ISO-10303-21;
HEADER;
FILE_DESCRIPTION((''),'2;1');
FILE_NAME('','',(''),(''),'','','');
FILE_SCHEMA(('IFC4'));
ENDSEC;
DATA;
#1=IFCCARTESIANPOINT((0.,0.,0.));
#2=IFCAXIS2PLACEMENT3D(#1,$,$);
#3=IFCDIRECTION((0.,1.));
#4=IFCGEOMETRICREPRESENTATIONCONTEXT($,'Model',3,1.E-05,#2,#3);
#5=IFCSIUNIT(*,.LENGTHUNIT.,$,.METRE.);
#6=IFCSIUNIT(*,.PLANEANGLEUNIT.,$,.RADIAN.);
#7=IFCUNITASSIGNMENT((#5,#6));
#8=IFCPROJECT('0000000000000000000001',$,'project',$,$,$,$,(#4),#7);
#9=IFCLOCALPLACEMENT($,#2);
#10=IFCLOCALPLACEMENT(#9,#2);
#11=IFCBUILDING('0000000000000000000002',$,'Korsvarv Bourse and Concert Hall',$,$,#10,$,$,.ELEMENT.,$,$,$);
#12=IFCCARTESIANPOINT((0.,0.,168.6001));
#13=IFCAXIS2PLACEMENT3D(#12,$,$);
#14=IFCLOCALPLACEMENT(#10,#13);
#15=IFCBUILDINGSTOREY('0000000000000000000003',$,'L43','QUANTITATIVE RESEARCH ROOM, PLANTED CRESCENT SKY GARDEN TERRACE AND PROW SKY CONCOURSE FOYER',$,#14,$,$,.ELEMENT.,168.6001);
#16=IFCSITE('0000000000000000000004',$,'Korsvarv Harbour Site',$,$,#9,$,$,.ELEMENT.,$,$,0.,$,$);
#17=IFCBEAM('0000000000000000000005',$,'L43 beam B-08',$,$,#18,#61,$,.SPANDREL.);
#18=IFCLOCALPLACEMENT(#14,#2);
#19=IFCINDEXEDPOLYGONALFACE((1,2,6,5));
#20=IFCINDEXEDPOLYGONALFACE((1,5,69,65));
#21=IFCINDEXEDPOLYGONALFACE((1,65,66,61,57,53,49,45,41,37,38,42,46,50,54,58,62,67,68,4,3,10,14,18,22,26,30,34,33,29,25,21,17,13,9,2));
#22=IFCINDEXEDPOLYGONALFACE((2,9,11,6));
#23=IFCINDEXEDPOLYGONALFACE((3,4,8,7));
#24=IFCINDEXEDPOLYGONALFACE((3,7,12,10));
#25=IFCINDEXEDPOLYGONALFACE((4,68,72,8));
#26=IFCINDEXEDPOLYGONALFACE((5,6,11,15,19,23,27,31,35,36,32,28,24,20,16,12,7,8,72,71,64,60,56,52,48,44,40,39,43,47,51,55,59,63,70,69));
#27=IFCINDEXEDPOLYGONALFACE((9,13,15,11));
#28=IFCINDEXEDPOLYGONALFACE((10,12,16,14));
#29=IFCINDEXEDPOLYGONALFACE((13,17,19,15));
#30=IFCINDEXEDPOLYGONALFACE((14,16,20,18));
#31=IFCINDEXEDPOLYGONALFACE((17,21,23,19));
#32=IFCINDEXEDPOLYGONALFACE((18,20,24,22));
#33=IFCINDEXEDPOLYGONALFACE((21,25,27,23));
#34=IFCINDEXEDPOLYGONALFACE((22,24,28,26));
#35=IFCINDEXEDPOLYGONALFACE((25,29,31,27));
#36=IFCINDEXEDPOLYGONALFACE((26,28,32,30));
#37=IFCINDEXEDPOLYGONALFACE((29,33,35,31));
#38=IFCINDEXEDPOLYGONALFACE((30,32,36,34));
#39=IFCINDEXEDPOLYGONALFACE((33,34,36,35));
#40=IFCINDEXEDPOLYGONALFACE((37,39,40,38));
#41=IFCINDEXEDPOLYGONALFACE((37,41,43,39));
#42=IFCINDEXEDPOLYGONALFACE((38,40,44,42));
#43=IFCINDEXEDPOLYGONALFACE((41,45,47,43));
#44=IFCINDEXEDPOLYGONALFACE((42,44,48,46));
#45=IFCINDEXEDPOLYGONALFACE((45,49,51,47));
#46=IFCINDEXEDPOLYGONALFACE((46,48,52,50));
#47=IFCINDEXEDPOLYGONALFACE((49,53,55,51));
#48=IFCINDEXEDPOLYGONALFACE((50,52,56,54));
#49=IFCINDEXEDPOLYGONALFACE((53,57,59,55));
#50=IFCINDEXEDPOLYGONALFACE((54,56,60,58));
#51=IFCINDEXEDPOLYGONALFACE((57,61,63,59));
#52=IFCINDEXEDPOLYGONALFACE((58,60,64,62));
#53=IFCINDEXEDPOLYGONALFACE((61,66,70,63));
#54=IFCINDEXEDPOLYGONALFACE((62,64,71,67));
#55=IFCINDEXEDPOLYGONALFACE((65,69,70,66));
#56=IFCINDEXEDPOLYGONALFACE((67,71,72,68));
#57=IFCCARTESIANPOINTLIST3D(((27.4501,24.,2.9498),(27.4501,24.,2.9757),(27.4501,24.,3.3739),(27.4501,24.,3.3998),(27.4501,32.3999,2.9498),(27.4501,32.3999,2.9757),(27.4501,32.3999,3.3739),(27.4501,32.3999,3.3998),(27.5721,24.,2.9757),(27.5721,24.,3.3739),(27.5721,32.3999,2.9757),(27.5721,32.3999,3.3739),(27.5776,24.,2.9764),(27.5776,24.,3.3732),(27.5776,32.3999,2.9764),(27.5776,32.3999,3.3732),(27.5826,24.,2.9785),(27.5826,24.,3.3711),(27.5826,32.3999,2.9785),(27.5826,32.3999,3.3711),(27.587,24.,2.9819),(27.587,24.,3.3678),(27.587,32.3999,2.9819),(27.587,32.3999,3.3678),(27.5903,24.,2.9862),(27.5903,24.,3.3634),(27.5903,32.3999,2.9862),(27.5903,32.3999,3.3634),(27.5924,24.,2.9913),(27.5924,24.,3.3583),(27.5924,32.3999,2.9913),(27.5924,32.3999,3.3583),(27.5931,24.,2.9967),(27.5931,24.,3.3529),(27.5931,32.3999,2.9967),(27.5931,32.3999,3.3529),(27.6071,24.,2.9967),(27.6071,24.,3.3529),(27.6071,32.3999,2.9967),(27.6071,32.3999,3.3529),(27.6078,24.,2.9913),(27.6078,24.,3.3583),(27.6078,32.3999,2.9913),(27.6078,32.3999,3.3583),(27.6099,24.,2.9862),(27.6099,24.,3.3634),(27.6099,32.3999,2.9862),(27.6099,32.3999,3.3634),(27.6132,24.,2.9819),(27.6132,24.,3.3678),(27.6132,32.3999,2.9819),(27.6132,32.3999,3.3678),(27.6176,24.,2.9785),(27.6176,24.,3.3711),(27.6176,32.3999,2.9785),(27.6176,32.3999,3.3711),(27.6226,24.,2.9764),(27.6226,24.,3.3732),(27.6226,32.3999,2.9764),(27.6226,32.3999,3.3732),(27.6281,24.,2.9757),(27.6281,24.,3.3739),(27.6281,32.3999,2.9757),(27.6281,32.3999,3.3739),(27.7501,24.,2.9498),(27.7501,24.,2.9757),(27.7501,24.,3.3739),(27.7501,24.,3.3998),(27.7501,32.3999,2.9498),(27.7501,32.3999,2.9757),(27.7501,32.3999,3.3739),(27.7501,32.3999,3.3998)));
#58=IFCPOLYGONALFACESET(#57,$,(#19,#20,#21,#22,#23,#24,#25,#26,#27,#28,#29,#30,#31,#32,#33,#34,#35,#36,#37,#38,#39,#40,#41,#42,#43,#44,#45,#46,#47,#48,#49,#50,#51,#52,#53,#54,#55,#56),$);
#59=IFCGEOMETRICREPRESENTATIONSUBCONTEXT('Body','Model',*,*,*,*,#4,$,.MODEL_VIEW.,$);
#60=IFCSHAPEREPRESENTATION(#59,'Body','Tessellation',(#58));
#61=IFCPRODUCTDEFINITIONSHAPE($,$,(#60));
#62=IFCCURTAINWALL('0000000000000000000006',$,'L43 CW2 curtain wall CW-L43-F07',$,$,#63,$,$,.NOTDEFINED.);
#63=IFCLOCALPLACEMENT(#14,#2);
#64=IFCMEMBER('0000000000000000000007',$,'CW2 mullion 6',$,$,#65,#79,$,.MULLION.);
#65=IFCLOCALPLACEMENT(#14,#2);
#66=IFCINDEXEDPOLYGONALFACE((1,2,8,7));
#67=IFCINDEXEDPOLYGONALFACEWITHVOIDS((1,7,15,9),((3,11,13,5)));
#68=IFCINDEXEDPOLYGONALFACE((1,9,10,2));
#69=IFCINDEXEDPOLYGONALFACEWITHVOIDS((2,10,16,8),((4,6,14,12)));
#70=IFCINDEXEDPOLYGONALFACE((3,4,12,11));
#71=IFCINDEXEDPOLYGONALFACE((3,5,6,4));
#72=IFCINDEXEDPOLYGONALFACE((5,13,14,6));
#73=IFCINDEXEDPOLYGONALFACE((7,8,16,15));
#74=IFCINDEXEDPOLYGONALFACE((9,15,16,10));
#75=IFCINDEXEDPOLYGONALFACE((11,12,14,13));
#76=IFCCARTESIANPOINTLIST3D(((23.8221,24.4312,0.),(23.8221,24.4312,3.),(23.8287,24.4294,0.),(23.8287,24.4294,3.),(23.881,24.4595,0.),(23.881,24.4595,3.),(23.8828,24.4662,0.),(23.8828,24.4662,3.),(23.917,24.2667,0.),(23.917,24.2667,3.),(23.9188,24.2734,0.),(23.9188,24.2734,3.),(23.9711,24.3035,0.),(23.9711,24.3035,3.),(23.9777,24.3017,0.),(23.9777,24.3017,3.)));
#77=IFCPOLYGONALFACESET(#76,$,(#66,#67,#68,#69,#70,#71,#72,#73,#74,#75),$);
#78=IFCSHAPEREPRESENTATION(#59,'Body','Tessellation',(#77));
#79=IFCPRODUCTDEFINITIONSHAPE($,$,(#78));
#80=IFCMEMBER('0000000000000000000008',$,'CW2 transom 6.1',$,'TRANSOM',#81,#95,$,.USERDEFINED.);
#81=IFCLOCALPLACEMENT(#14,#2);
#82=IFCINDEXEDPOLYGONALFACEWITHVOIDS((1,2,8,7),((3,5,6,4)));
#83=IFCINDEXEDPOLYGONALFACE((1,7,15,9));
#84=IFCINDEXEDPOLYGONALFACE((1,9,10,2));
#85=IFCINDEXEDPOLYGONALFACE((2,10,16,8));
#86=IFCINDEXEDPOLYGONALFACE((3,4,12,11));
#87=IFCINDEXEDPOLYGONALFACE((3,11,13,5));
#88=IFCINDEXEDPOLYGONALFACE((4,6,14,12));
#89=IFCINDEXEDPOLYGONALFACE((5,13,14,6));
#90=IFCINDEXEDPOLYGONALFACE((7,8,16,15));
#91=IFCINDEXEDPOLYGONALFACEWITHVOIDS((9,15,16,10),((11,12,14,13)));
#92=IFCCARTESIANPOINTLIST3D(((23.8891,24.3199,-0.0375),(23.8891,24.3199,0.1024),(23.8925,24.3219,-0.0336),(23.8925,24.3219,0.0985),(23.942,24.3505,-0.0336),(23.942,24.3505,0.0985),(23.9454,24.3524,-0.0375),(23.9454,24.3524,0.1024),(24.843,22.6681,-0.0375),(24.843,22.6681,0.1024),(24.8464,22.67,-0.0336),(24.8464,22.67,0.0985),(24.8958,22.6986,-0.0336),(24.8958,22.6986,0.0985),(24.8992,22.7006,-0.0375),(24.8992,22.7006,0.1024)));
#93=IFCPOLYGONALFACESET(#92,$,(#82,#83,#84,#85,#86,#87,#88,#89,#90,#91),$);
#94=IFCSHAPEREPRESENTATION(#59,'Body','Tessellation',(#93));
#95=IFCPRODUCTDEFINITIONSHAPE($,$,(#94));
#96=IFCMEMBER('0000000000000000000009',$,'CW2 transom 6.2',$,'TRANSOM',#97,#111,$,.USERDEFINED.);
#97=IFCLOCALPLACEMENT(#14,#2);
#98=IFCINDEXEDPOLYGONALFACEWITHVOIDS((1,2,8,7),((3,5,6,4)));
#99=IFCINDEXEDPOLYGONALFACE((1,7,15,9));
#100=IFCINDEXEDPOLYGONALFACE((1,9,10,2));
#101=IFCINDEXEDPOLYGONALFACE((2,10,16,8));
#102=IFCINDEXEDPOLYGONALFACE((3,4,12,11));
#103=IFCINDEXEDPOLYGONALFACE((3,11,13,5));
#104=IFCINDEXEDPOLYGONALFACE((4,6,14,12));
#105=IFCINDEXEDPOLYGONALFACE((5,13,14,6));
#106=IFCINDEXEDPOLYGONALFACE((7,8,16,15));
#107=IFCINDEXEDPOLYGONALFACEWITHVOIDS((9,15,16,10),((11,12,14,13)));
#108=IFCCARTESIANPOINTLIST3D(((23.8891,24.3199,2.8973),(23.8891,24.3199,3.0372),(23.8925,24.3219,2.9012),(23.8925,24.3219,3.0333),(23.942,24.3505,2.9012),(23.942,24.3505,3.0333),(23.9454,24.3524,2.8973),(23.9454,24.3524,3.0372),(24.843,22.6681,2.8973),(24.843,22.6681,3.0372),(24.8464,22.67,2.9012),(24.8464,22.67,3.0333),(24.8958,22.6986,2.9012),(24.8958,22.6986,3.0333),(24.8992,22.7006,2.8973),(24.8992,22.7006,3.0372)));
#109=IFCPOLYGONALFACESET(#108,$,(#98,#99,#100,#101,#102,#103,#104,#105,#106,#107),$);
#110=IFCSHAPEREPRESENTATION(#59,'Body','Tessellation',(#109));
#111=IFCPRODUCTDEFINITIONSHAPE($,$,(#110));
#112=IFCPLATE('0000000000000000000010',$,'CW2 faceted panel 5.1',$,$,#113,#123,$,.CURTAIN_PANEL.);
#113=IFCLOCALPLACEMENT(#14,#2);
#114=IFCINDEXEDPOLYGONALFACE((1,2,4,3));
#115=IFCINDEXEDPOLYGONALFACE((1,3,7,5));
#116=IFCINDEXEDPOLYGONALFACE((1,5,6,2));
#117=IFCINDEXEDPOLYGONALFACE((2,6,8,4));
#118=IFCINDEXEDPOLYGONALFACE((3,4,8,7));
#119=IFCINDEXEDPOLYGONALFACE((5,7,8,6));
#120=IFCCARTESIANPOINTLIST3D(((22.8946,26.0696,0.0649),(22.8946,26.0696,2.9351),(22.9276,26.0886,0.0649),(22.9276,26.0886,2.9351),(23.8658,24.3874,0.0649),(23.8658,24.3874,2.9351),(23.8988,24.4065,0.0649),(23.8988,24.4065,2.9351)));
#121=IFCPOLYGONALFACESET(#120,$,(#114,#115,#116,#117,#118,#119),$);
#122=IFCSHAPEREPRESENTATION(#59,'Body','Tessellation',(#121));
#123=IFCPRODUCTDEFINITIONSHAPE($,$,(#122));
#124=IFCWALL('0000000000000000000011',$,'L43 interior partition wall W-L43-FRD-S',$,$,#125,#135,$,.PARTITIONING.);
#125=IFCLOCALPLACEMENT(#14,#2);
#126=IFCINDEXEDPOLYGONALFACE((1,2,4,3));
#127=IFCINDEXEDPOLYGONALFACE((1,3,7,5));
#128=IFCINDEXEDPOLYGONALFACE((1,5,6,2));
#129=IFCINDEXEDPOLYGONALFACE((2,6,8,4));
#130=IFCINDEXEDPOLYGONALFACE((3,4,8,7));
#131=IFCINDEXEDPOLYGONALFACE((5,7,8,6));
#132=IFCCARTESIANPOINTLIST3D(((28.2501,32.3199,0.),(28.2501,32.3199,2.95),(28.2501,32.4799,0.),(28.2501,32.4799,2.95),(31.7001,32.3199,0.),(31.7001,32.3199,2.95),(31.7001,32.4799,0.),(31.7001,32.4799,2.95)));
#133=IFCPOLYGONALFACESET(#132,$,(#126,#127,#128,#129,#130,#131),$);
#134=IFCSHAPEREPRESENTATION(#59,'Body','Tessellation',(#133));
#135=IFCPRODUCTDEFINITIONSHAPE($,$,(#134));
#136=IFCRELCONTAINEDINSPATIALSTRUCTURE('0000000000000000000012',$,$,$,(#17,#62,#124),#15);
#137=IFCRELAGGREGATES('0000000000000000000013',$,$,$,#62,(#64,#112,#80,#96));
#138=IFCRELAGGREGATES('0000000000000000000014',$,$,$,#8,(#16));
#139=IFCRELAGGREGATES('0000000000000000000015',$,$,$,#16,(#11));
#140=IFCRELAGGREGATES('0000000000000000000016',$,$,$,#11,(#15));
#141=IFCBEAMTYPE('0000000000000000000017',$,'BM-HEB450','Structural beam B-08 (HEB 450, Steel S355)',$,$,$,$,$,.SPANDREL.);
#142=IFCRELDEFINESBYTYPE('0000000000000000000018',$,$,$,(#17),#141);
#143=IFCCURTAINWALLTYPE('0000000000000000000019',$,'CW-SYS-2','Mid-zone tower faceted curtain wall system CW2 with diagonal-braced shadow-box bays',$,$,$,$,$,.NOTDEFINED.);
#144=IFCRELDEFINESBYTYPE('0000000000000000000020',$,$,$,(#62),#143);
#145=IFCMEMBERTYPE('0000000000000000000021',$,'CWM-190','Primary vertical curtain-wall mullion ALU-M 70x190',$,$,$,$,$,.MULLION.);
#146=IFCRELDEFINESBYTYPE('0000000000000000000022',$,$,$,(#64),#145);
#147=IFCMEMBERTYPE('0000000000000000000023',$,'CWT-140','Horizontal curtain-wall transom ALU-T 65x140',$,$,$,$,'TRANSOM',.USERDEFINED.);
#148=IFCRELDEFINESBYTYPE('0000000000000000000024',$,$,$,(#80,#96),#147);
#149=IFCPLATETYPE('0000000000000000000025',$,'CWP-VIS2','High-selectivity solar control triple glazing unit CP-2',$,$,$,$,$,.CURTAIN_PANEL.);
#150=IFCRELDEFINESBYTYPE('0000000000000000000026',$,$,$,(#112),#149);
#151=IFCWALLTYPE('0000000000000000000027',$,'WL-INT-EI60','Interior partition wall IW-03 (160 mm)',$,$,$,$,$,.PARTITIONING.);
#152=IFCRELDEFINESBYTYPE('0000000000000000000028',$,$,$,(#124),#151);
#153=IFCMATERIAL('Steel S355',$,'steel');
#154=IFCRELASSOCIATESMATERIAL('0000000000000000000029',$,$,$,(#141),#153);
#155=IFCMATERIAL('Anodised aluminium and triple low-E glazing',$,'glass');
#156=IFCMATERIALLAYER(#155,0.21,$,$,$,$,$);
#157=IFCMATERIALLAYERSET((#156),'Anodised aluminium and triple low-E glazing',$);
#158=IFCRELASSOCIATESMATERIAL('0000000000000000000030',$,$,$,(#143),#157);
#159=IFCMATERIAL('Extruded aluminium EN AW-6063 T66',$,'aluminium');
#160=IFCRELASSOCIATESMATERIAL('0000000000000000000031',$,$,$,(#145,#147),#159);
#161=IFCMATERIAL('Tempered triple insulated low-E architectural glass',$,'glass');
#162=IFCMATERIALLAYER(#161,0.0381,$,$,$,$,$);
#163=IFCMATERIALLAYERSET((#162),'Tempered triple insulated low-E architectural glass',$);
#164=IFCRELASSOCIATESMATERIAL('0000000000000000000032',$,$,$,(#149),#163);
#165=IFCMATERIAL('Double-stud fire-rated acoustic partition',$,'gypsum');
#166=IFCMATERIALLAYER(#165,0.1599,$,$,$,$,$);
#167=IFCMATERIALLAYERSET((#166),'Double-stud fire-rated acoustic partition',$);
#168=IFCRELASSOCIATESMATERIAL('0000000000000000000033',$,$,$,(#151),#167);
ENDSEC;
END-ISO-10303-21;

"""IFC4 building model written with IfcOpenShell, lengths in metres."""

from ifc_helpers import new_model, si_unit, direction, frame, frame_2d, origin, origin_2d, place, context, subcontext, project, spatial, rectangle, hollow_rectangle, i_section, extrude, source, transform, mapped, material, layer, layer_set, material_profile, profile_set, type_object, element, aggregate, save


model = new_model("IFC4")

# Units and contexts
model_context = context("Model", 3, precision=1e-05, world=origin(), true_north=direction((0.0, 1.0)))
body_context = subcontext(model_context, "Body", "Model", "MODEL_VIEW")
ifc_project = project(units=[si_unit("LENGTHUNIT", "METRE"), si_unit("PLANEANGLEUNIT", "RADIAN")], contexts=[model_context])

# Site, building, storey
site_placement = place(None, origin())
site = spatial("IfcSite", under=ifc_project, at=site_placement, Name="Korsvarv Harbour Site", CompositionType="ELEMENT", RefElevation=0.0)
building_placement = place(site_placement, origin())
building = spatial("IfcBuilding", under=site, at=building_placement, Name="Korsvarv Bourse and Concert Hall", CompositionType="ELEMENT")
storey_placement = place(building_placement, frame((0.0, 0.0, 168.6001)))
storey = spatial("IfcBuildingStorey", under=building, at=storey_placement, Name="L43", Description="QUANTITATIVE RESEARCH ROOM, PLANTED CRESCENT SKY GARDEN TERRACE AND PROW SKY CONCOURSE FOYER", CompositionType="ELEMENT", Elevation=168.6001)

# Beam
ifc_material_1 = material(Name="Steel S355", Category="steel")
ifc_material_profile_1 = material_profile(ifc_material_1, i_section(OverallWidth=0.3, OverallDepth=0.45, WebThickness=0.0139, FlangeThickness=0.0259, FilletRadius=0.021, at=origin_2d()), Name="HEB 450")
ifc_profile_set_1 = profile_set([ifc_material_profile_1], Name="Steel S355")
beam_type_1 = type_object("IfcBeamType", Name="BM-HEB450", Description="Structural beam B-08 (HEB 450, Steel S355)", PredefinedType="SPANDREL", material=ifc_profile_set_1)
shared_shape_1 = source(origin(), body_context, "Body", "SweptSolid", [
    extrude(i_section(OverallWidth=0.3, OverallDepth=0.45, WebThickness=0.0139, FlangeThickness=0.0259, FilletRadius=0.021, at=origin_2d()), origin(), (0.0, 0.0, 1.0), 8.3999),
])
for number, where, z_axis, x_axis, name in (
    (1, (27.6001, 24.0, 3.1748), (0.0, 1.0, 0.0), (-1.0, 0.0, 0.0), "L43 beam B-08"),
):
    element("IfcBeam", number, at=place(storey_placement, frame(where, z_axis=z_axis, x_axis=x_axis)), inside=storey, type_object=beam_type_1, Name=name, PredefinedType="SPANDREL", context=body_context, shape_type="MappedRepresentation", body=[
        mapped(shared_shape_1, transform((0.0, 0.0, 0.0), scale=1.0)),
    ])

# Curtain wall, members, plate
ifc_material_2 = material(Name="Anodised aluminium and triple low-E glazing", Category="glass")
ifc_layer_1 = layer(ifc_material_2, 0.21)
ifc_layer_set_1 = layer_set([ifc_layer_1], Name="Anodised aluminium and triple low-E glazing")
curtain_wall_type = type_object("IfcCurtainWallType", Name="CW-SYS-2", Description="Mid-zone tower faceted curtain wall system CW2 with diagonal-braced shadow-box bays", PredefinedType="NOTDEFINED", material=ifc_layer_set_1)
curtain_wall_placement = place(storey_placement, origin())
curtain_wall = element("IfcCurtainWall", 2, at=curtain_wall_placement, inside=storey, type_object=curtain_wall_type, Name="L43 CW2 curtain wall CW-L43-F07", PredefinedType="NOTDEFINED")
ifc_material_3 = material(Name="Extruded aluminium EN AW-6063 T66", Category="aluminium")
ifc_material_profile_2 = material_profile(ifc_material_3, hollow_rectangle(XDim=0.0701, YDim=0.1899, WallThickness=0.0049, at=origin_2d()), Name="ALU-M 70x190")
ifc_profile_set_2 = profile_set([ifc_material_profile_2], Name="Extruded aluminium EN AW-6063 T66")
member_type_1 = type_object("IfcMemberType", Name="CWM-190", Description="Primary vertical curtain-wall mullion ALU-M 70x190", PredefinedType="MULLION", material=ifc_profile_set_2)
shared_shape_2 = source(origin(), body_context, "Body", "SweptSolid", [
    extrude(hollow_rectangle(XDim=0.0701, YDim=0.1899, WallThickness=0.0049, at=origin_2d()), origin(), (0.0, 0.0, 1.0), 3.0),
])
member_1_placement = place(storey_placement, frame((23.8999, 24.3665, 0.0), z_axis=(0.0, 0.0, 1.0), x_axis=(0.866023, 0.500005, 0.0)))
member_1 = element("IfcMember", 3, at=member_1_placement, type_object=member_type_1, Name="CW2 mullion 6", PredefinedType="MULLION", context=body_context, shape_type="MappedRepresentation", body=[
    mapped(shared_shape_2, transform((0.0, 0.0, 0.0), scale=1.0)),
])
ifc_material_profile_3 = material_profile(ifc_material_3, hollow_rectangle(XDim=0.0649, YDim=0.1399, WallThickness=0.0039, at=origin_2d()), Name="ALU-T 65x140")
ifc_profile_set_3 = profile_set([ifc_material_profile_3], Name="Extruded aluminium EN AW-6063 T66")
member_type_2 = type_object("IfcMemberType", Name="CWT-140", Description="Horizontal curtain-wall transom ALU-T 65x140", ElementType="TRANSOM", PredefinedType="USERDEFINED", material=ifc_profile_set_3)
shared_shape_3 = source(origin(), body_context, "Body", "SweptSolid", [
    extrude(hollow_rectangle(XDim=0.0649, YDim=0.1399, WallThickness=0.0039, at=origin_2d()), origin(), (0.0, 0.0, 1.0), 1.9075),
])
member_2_placement = place(storey_placement, frame((23.9172, 24.3362, 0.0325), z_axis=(0.500062, -0.865989, 0.0), x_axis=(0.865989, 0.500062, 0.0)))
member_2 = element("IfcMember", 4, at=member_2_placement, type_object=member_type_2, Name="CW2 transom 6.1", ObjectType="TRANSOM", PredefinedType="USERDEFINED", context=body_context, shape_type="MappedRepresentation", body=[
    mapped(shared_shape_3, transform((0.0, 0.0, 0.0), scale=1.0)),
])
member_3_placement = place(storey_placement, frame((23.9172, 24.3362, 2.9673), z_axis=(0.500062, -0.865989, 0.0), x_axis=(0.865989, 0.500062, 0.0)))
member_3 = element("IfcMember", 5, at=member_3_placement, type_object=member_type_2, Name="CW2 transom 6.2", ObjectType="TRANSOM", PredefinedType="USERDEFINED", context=body_context, shape_type="MappedRepresentation", body=[
    mapped(shared_shape_3, transform((0.0, 0.0, 0.0), scale=1.0)),
])
ifc_material_4 = material(Name="Tempered triple insulated low-E architectural glass", Category="glass")
ifc_layer_2 = layer(ifc_material_4, 0.0381)
ifc_layer_set_2 = layer_set([ifc_layer_2], Name="Tempered triple insulated low-E architectural glass")
plate_type = type_object("IfcPlateType", Name="CWP-VIS2", Description="High-selectivity solar control triple glazing unit CP-2", PredefinedType="CURTAIN_PANEL", material=ifc_layer_set_2)
shared_shape_4 = source(origin(), body_context, "Body", "SweptSolid", [
    extrude(rectangle(XDim=1.9424, YDim=0.0381, at=origin_2d()), origin(), (0.0, 0.0, 1.0), 2.8701),
])
plate_placement = place(storey_placement, frame((23.3967, 25.238, 0.0649), z_axis=(0.0, 0.0, 1.0), x_axis=(0.500005, -0.866023, 0.0)))
plate = element("IfcPlate", 6, at=plate_placement, type_object=plate_type, Name="CW2 faceted panel 5.1", PredefinedType="CURTAIN_PANEL", context=body_context, shape_type="MappedRepresentation", body=[
    mapped(shared_shape_4, transform((0.0, 0.0, 0.0), scale=1.0)),
])
aggregate(curtain_wall, [member_1, plate, member_2, member_3])

# Wall
ifc_material_5 = material(Name="Double-stud fire-rated acoustic partition", Category="gypsum")
ifc_layer_3 = layer(ifc_material_5, 0.1599)
ifc_layer_set_3 = layer_set([ifc_layer_3], Name="Double-stud fire-rated acoustic partition")
wall_type_1 = type_object("IfcWallType", Name="WL-INT-EI60", Description="Interior partition wall IW-03 (160 mm)", PredefinedType="PARTITIONING", material=ifc_layer_set_3)
wall_1_placement = place(storey_placement, frame((28.25, 32.3999, 0.0), z_axis=(0.0, 0.0, 1.0), x_axis=(1.0, 0.0, 0.0)))
element("IfcWall", 7, at=wall_1_placement, inside=storey, type_object=wall_type_1, Name="L43 interior partition wall W-L43-FRD-S", PredefinedType="PARTITIONING", context=body_context, shape_type="SweptSolid", body=[
    extrude(rectangle(XDim=3.45, YDim=0.1599, at=frame_2d((1.7251, 0.0))), origin(), (0.0, 0.0, 1.0), 2.95),
])

save(model, "model.ifc")
